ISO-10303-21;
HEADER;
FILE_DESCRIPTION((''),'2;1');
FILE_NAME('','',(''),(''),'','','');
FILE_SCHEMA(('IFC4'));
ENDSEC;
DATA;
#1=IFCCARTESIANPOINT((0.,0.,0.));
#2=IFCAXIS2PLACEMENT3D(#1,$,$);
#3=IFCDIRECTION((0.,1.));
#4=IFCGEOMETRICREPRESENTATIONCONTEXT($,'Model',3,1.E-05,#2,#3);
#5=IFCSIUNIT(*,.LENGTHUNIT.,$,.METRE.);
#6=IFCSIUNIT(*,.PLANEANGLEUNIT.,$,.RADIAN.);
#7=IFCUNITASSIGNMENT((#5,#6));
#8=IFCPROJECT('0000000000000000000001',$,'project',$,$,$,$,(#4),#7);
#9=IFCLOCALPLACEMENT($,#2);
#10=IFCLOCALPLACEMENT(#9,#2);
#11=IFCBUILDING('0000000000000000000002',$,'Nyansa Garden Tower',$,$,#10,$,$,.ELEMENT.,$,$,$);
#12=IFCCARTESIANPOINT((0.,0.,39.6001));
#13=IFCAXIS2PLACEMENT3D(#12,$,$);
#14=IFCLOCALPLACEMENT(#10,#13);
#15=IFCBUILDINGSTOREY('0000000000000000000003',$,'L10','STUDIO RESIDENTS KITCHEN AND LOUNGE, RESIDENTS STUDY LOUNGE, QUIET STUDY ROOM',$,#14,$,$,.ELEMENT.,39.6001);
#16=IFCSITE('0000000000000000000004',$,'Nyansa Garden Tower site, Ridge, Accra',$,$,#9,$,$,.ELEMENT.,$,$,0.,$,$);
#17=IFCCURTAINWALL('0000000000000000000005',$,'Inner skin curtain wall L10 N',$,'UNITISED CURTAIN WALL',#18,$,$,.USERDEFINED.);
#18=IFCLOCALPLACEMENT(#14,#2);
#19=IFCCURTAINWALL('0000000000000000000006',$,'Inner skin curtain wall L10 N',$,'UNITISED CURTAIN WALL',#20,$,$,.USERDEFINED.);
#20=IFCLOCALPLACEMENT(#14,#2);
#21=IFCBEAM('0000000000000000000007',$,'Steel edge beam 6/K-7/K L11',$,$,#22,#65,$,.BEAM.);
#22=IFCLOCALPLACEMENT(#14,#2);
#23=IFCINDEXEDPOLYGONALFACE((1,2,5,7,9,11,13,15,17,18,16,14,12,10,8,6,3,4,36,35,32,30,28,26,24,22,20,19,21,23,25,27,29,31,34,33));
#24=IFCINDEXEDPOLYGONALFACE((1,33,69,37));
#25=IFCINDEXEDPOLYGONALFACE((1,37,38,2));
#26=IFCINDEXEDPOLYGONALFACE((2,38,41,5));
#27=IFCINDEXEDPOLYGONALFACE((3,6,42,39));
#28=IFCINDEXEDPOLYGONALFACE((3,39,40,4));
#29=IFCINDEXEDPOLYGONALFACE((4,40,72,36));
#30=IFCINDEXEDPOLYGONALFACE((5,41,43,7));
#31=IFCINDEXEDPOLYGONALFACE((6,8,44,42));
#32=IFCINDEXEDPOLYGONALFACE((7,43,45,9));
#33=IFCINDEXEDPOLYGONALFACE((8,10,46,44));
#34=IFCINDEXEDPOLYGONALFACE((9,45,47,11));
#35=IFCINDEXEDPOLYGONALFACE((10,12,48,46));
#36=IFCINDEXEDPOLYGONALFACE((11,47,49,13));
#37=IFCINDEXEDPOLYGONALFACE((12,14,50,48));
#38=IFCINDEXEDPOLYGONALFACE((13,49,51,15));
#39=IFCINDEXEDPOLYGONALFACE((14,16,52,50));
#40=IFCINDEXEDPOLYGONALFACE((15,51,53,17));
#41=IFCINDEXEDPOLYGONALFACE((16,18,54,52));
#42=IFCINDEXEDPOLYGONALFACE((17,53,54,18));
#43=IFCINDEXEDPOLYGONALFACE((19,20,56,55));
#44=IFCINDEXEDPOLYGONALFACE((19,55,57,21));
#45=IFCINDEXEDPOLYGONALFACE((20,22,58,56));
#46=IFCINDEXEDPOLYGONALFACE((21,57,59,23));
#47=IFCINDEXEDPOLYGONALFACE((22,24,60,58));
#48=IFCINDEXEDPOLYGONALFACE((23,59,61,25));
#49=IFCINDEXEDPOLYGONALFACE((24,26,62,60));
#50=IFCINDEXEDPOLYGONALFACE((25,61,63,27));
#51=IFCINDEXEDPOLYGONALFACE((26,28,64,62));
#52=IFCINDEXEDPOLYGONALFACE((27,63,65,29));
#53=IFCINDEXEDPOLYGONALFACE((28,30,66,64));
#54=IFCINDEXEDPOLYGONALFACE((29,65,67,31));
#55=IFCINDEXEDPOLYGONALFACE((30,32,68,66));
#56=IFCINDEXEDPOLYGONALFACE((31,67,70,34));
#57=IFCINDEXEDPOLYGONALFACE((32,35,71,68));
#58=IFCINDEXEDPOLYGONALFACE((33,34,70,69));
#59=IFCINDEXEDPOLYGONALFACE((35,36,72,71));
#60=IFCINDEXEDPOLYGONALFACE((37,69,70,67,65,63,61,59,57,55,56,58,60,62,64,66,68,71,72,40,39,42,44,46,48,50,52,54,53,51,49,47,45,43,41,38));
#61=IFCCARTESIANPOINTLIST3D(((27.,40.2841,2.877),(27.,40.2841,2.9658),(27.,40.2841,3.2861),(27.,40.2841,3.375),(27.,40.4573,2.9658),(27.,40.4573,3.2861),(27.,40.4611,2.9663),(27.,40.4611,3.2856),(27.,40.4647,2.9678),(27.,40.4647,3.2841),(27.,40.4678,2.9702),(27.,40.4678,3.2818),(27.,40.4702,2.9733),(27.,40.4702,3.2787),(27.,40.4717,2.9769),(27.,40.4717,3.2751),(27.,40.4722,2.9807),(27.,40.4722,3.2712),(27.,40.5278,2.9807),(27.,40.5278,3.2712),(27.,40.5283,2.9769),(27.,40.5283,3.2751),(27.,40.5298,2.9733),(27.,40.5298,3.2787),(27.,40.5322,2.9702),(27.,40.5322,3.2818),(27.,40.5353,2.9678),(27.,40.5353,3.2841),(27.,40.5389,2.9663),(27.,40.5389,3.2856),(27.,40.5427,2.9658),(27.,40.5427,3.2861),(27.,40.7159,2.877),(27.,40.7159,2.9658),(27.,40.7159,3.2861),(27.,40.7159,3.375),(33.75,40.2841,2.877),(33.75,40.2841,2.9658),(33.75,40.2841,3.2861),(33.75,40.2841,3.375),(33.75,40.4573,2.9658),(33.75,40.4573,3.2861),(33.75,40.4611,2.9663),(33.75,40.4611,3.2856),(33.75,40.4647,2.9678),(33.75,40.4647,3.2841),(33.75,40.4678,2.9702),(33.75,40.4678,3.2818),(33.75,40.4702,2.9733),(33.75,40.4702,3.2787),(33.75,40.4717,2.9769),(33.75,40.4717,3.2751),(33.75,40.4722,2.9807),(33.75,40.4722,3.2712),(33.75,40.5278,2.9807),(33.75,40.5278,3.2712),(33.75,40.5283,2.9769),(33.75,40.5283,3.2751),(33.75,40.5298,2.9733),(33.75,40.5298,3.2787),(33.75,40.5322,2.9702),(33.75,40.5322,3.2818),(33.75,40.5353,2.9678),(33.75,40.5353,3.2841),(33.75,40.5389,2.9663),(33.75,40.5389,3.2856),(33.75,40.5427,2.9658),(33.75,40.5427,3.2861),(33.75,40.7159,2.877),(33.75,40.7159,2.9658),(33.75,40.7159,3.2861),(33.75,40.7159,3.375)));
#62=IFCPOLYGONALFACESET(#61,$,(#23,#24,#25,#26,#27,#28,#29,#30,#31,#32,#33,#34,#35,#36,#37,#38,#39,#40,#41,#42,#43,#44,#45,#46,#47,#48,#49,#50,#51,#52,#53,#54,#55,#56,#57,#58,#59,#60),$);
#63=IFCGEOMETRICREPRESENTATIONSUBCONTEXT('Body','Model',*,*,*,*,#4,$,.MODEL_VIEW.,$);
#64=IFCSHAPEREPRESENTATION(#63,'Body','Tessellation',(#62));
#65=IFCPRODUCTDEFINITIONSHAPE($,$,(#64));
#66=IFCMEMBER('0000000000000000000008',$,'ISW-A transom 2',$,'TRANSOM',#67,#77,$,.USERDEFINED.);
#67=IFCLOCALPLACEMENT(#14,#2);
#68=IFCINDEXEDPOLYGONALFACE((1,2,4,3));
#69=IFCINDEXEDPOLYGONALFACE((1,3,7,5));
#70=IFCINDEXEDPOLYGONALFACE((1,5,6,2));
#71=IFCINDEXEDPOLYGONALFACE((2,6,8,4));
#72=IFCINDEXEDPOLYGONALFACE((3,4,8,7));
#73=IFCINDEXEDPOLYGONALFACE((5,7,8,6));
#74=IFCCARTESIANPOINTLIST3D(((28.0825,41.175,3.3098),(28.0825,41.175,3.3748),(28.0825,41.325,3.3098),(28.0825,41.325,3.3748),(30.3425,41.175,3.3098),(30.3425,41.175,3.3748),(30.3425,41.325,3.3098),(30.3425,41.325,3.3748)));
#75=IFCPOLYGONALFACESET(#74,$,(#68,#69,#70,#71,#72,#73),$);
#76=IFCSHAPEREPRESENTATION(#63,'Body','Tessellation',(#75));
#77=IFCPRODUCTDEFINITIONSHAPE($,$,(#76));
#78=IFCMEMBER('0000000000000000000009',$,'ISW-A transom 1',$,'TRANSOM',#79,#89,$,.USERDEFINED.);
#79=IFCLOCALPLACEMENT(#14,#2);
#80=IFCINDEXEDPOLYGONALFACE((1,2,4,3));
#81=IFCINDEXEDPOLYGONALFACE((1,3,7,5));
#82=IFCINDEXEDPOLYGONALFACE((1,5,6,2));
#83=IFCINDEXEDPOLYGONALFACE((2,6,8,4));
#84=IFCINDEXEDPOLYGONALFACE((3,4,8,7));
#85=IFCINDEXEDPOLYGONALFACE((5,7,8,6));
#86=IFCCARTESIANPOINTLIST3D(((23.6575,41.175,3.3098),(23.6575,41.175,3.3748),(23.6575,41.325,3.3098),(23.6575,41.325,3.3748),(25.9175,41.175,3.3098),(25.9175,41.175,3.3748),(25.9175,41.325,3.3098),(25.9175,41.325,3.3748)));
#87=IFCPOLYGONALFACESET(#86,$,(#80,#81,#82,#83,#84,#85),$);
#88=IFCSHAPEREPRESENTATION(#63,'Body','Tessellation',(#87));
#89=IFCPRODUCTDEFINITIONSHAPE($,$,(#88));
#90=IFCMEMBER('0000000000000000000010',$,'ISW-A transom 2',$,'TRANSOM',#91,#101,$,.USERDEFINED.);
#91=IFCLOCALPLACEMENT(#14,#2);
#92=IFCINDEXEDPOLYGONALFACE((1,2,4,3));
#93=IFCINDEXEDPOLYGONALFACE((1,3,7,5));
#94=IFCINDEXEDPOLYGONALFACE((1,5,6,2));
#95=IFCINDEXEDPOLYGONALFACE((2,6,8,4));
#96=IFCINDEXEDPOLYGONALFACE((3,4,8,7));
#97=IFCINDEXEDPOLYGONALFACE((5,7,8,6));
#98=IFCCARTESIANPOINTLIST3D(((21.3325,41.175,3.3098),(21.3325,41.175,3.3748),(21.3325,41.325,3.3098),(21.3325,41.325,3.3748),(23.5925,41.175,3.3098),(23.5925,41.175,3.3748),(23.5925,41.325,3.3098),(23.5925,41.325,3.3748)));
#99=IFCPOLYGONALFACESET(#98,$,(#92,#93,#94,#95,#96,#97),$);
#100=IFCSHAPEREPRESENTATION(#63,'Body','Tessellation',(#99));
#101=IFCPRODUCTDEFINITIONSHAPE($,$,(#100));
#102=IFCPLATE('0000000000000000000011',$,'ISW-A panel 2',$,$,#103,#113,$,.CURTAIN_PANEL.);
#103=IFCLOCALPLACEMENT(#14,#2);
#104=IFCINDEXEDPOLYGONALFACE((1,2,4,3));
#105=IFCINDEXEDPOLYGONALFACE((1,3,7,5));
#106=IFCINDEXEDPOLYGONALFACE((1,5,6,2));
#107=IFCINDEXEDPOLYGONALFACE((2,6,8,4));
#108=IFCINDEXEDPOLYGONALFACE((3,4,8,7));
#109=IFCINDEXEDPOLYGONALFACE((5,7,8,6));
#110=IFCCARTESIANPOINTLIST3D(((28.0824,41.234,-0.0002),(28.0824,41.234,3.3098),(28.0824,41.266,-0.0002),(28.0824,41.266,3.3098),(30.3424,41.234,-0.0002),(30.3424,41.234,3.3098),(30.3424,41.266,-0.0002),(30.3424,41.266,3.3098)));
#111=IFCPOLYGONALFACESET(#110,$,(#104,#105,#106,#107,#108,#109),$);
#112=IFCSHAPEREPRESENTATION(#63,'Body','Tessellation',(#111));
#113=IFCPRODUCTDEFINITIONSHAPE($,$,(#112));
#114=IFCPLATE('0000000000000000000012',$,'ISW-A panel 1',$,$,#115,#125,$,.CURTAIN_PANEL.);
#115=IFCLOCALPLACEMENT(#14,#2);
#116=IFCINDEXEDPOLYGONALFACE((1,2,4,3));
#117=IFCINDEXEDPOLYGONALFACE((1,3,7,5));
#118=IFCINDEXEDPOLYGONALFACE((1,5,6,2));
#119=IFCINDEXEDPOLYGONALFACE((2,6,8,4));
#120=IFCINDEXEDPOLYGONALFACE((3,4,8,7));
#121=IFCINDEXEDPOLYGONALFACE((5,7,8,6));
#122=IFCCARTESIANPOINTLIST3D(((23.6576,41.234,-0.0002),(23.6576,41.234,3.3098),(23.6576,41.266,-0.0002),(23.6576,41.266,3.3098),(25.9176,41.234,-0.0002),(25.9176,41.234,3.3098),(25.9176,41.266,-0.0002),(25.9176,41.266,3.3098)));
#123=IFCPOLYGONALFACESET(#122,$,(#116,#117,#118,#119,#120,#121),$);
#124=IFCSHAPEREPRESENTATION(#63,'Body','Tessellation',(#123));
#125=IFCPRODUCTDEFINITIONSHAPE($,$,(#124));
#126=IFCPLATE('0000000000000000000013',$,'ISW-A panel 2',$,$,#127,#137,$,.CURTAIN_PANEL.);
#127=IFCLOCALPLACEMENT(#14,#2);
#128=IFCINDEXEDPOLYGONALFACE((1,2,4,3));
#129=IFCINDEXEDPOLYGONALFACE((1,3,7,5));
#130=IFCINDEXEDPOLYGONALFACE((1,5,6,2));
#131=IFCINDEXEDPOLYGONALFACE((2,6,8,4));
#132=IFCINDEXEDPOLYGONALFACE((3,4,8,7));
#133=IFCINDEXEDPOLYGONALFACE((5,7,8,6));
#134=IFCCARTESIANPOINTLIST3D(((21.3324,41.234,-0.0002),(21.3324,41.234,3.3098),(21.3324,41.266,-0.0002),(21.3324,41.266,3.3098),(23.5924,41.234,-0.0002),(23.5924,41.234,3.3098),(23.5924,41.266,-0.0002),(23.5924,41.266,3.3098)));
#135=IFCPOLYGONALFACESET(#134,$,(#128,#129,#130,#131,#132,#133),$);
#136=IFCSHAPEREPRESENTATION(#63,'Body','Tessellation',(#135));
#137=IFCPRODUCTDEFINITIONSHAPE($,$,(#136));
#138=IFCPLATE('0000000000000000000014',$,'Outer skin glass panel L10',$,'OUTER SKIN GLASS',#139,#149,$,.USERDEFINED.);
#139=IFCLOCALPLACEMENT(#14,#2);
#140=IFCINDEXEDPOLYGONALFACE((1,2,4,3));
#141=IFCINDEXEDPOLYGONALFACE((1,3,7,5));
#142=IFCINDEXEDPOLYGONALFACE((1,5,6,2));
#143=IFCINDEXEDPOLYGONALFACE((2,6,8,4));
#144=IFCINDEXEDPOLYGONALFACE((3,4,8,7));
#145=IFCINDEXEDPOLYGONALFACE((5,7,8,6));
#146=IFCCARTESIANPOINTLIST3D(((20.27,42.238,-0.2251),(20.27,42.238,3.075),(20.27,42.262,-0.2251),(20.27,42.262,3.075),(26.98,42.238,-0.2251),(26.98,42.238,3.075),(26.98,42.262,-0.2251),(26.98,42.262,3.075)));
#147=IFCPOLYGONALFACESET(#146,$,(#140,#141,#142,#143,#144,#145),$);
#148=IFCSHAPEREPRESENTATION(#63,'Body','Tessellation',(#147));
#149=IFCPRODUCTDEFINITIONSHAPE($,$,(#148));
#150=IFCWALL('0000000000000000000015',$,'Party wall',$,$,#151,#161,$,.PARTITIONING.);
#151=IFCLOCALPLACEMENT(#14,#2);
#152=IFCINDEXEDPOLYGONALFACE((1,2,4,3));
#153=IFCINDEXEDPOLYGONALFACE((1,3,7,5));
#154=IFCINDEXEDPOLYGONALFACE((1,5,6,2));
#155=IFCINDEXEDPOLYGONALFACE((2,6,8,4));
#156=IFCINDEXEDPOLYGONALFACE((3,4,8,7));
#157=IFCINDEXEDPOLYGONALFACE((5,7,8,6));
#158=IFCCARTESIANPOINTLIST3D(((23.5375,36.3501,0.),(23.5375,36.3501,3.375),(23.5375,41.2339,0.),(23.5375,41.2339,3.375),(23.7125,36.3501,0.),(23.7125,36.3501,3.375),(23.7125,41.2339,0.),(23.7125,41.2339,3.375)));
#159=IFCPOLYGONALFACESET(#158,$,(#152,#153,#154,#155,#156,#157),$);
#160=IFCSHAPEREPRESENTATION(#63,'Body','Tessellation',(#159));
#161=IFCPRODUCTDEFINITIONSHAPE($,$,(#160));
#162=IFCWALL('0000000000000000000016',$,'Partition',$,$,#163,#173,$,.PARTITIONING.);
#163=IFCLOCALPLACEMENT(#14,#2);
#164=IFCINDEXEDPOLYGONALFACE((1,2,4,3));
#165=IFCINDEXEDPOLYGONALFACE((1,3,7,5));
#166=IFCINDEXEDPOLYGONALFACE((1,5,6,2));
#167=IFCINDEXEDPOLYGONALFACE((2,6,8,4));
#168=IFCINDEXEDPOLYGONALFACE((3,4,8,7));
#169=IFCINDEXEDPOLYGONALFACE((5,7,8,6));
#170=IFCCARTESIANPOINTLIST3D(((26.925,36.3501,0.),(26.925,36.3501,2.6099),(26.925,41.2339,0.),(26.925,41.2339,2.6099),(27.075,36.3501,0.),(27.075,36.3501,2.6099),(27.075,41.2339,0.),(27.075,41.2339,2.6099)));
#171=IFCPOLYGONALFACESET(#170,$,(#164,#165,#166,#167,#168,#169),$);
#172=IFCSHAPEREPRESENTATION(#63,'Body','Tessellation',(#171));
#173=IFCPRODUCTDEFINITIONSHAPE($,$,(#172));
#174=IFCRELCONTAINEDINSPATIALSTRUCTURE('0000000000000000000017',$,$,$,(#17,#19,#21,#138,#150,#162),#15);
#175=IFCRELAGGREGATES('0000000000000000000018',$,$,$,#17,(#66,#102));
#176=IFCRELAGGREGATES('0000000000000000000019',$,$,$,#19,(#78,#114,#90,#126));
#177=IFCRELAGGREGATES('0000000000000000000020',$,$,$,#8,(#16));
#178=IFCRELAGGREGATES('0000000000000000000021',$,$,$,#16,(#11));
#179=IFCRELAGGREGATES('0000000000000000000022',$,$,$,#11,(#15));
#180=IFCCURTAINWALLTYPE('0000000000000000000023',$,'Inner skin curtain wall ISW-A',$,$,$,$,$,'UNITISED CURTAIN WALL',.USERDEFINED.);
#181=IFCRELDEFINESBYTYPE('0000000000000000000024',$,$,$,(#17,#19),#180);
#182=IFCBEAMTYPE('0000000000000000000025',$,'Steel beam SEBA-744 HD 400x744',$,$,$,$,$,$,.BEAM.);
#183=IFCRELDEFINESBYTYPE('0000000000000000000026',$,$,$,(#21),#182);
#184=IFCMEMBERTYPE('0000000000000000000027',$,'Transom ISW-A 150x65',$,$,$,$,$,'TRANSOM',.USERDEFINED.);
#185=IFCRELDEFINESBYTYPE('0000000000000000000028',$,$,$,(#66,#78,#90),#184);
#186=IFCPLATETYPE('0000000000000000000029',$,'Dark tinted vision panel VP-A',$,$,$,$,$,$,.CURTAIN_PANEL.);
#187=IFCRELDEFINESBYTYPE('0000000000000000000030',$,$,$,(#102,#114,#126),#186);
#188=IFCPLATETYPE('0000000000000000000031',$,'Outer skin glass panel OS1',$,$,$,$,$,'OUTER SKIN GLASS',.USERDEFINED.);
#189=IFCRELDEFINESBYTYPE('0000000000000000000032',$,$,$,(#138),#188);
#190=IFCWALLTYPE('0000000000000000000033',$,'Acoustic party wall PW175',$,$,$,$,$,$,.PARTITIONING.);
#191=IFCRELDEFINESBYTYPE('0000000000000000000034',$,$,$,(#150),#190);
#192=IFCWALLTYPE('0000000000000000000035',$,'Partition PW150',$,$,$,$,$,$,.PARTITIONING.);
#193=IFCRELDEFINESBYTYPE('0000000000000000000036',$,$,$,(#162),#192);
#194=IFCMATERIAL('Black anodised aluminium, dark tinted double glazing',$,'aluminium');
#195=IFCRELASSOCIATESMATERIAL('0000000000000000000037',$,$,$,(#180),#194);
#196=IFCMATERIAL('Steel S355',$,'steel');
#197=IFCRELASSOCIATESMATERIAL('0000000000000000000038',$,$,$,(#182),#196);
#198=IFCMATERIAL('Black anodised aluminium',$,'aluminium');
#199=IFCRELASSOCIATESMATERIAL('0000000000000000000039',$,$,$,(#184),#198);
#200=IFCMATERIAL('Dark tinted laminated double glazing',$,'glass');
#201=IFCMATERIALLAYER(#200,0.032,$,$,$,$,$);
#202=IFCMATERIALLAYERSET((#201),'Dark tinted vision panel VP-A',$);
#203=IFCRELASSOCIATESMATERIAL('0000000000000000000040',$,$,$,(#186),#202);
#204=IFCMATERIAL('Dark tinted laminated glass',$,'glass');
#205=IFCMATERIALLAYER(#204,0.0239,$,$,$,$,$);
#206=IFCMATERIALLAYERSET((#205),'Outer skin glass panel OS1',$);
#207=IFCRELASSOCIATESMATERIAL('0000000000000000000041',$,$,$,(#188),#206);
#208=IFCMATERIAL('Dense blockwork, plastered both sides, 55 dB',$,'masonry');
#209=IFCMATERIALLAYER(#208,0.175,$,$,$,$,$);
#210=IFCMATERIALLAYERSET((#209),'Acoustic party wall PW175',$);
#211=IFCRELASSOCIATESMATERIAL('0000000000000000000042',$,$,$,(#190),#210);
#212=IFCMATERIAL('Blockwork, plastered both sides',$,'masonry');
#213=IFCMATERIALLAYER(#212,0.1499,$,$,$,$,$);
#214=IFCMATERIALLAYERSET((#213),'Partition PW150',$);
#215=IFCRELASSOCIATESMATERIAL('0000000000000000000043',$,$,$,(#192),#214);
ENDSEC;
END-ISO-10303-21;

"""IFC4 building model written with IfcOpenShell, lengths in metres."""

from ifc_helpers import new_model, si_unit, direction, frame, frame_2d, origin, origin_2d, place, context, subcontext, project, spatial, rectangle, i_section, extrude, material, layer, layer_set, material_profile, profile_set, type_object, element, aggregate, save


model = new_model("IFC4")

# Units and contexts
model_context = context("Model", 3, precision=1e-05, world=origin(), true_north=direction((0.0, 1.0)))
body_context = subcontext(model_context, "Body", "Model", "MODEL_VIEW")
ifc_project = project(units=[si_unit("LENGTHUNIT", "METRE"), si_unit("PLANEANGLEUNIT", "RADIAN")], contexts=[model_context])

# Site, building, storey
site_placement = place(None, origin())
site = spatial("IfcSite", under=ifc_project, at=site_placement, Name="Nyansa Garden Tower site, Ridge, Accra", CompositionType="ELEMENT", RefElevation=0.0)
building_placement = place(site_placement, origin())
building = spatial("IfcBuilding", under=site, at=building_placement, Name="Nyansa Garden Tower", CompositionType="ELEMENT")
storey_placement = place(building_placement, frame((0.0, 0.0, 39.6001)))
storey = spatial("IfcBuildingStorey", under=building, at=storey_placement, Name="L10", Description="STUDIO RESIDENTS KITCHEN AND LOUNGE, RESIDENTS STUDY LOUNGE, QUIET STUDY ROOM", CompositionType="ELEMENT", Elevation=39.6001)

# Curtain walls
ifc_material_1 = material(Name="Black anodised aluminium, dark tinted double glazing", Category="aluminium")
curtain_wall_type = type_object("IfcCurtainWallType", Name="Inner skin curtain wall ISW-A", ElementType="UNITISED CURTAIN WALL", PredefinedType="USERDEFINED", material=ifc_material_1)
curtain_wall_1_placement = place(storey_placement, origin())
curtain_wall_1 = element("IfcCurtainWall", 1, at=curtain_wall_1_placement, inside=storey, type_object=curtain_wall_type, Name="Inner skin curtain wall L10 N", ObjectType="UNITISED CURTAIN WALL", PredefinedType="USERDEFINED")
curtain_wall_2_placement = place(storey_placement, origin())
curtain_wall_2 = element("IfcCurtainWall", 2, at=curtain_wall_2_placement, inside=storey, type_object=curtain_wall_type, Name="Inner skin curtain wall L10 N", ObjectType="UNITISED CURTAIN WALL", PredefinedType="USERDEFINED")

# Beam
ifc_material_2 = material(Name="Steel S355", Category="steel")
ifc_material_profile_1 = material_profile(ifc_material_2, i_section(OverallWidth=0.4319, OverallDepth=0.498, WebThickness=0.0557, FlangeThickness=0.0889, FilletRadius=0.0149, at=origin_2d()), Name="HD 400x744")
ifc_profile_set_1 = profile_set([ifc_material_profile_1], Name="Steel S355")
beam_type_1 = type_object("IfcBeamType", Name="Steel beam SEBA-744 HD 400x744", PredefinedType="BEAM", material=ifc_profile_set_1)
beam_1_placement = place(storey_placement, frame((27.0, 40.5, 3.126), z_axis=(1.0, 0.0, 0.0), x_axis=(0.0, 1.0, 0.0)))
element("IfcBeam", 3, at=beam_1_placement, inside=storey, type_object=beam_type_1, Name="Steel edge beam 6/K-7/K L11", PredefinedType="BEAM", context=body_context, shape_type="SweptSolid", body=[
    extrude(i_section(OverallWidth=0.4319, OverallDepth=0.498, WebThickness=0.0557, FlangeThickness=0.0889, FilletRadius=0.0149, at=origin_2d()), origin(), (0.0, 0.0, 1.0), 6.75),
])

# Members
ifc_material_3 = material(Name="Black anodised aluminium", Category="aluminium")
ifc_material_profile_2 = material_profile(ifc_material_3, rectangle(XDim=0.1499, YDim=0.0649, at=origin_2d()), Name="Transom 150x65")
ifc_profile_set_2 = profile_set([ifc_material_profile_2], Name="Black anodised aluminium")
member_type_1 = type_object("IfcMemberType", Name="Transom ISW-A 150x65", ElementType="TRANSOM", PredefinedType="USERDEFINED", material=ifc_profile_set_2)
member_1_placement = place(storey_placement, frame((30.3425, 41.25, 3.3423), z_axis=(-1.0, 0.0, 0.0), x_axis=(0.0, -1.0, 0.0)))
member_1 = element("IfcMember", 4, at=member_1_placement, type_object=member_type_1, Name="ISW-A transom 2", ObjectType="TRANSOM", PredefinedType="USERDEFINED", context=body_context, shape_type="SweptSolid", body=[
    extrude(rectangle(XDim=0.1499, YDim=0.0649, at=origin_2d()), origin(), (0.0, 0.0, 1.0), 2.26),
])
member_2_placement = place(storey_placement, frame((25.9175, 41.25, 3.3423), z_axis=(-1.0, 0.0, 0.0), x_axis=(0.0, -1.0, 0.0)))
member_2 = element("IfcMember", 5, at=member_2_placement, type_object=member_type_1, Name="ISW-A transom 1", ObjectType="TRANSOM", PredefinedType="USERDEFINED", context=body_context, shape_type="SweptSolid", body=[
    extrude(rectangle(XDim=0.1499, YDim=0.0649, at=origin_2d()), origin(), (0.0, 0.0, 1.0), 2.26),
])
member_3_placement = place(storey_placement, frame((23.5925, 41.25, 3.3423), z_axis=(-1.0, 0.0, 0.0), x_axis=(0.0, -1.0, 0.0)))
member_3 = element("IfcMember", 6, at=member_3_placement, type_object=member_type_1, Name="ISW-A transom 2", ObjectType="TRANSOM", PredefinedType="USERDEFINED", context=body_context, shape_type="SweptSolid", body=[
    extrude(rectangle(XDim=0.1499, YDim=0.0649, at=origin_2d()), origin(), (0.0, 0.0, 1.0), 2.26),
])

# Plates
ifc_material_4 = material(Name="Dark tinted laminated double glazing", Category="glass")
ifc_layer_1 = layer(ifc_material_4, 0.032)
ifc_layer_set_1 = layer_set([ifc_layer_1], Name="Dark tinted vision panel VP-A")
plate_type_1 = type_object("IfcPlateType", Name="Dark tinted vision panel VP-A", PredefinedType="CURTAIN_PANEL", material=ifc_layer_set_1)
plate_1_placement = place(storey_placement, frame((29.2124, 41.25, -0.0002), z_axis=(0.0, 0.0, 1.0), x_axis=(-1.0, 0.0, 0.0)))
plate_1 = element("IfcPlate", 7, at=plate_1_placement, type_object=plate_type_1, Name="ISW-A panel 2", PredefinedType="CURTAIN_PANEL", context=body_context, shape_type="SweptSolid", body=[
    extrude(rectangle(XDim=2.26, YDim=0.032, at=origin_2d()), origin(), (0.0, 0.0, 1.0), 3.3101),
])
aggregate(curtain_wall_1, [member_1, plate_1])
plate_2_placement = place(storey_placement, frame((24.7876, 41.25, -0.0002), z_axis=(0.0, 0.0, 1.0), x_axis=(-1.0, 0.0, 0.0)))
plate_2 = element("IfcPlate", 8, at=plate_2_placement, type_object=plate_type_1, Name="ISW-A panel 1", PredefinedType="CURTAIN_PANEL", context=body_context, shape_type="SweptSolid", body=[
    extrude(rectangle(XDim=2.26, YDim=0.032, at=origin_2d()), origin(), (0.0, 0.0, 1.0), 3.3101),
])
plate_3_placement = place(storey_placement, frame((22.4624, 41.25, -0.0002), z_axis=(0.0, 0.0, 1.0), x_axis=(-1.0, 0.0, 0.0)))
plate_3 = element("IfcPlate", 9, at=plate_3_placement, type_object=plate_type_1, Name="ISW-A panel 2", PredefinedType="CURTAIN_PANEL", context=body_context, shape_type="SweptSolid", body=[
    extrude(rectangle(XDim=2.26, YDim=0.032, at=origin_2d()), origin(), (0.0, 0.0, 1.0), 3.3101),
])
aggregate(curtain_wall_2, [member_2, plate_2, member_3, plate_3])
ifc_material_5 = material(Name="Dark tinted laminated glass", Category="glass")
ifc_layer_2 = layer(ifc_material_5, 0.0239)
ifc_layer_set_2 = layer_set([ifc_layer_2], Name="Outer skin glass panel OS1")
plate_type_2 = type_object("IfcPlateType", Name="Outer skin glass panel OS1", ElementType="OUTER SKIN GLASS", PredefinedType="USERDEFINED", material=ifc_layer_set_2)
plate_4_placement = place(storey_placement, frame((23.625, 42.25, -0.2251), z_axis=(0.0, 0.0, 1.0), x_axis=(1.0, 0.0, 0.0)))
element("IfcPlate", 10, at=plate_4_placement, inside=storey, type_object=plate_type_2, Name="Outer skin glass panel L10", ObjectType="OUTER SKIN GLASS", PredefinedType="USERDEFINED", context=body_context, shape_type="SweptSolid", body=[
    extrude(rectangle(XDim=6.71, YDim=0.0239, at=origin_2d()), origin(), (0.0, 0.0, 1.0), 3.3),
])

# Walls
ifc_material_6 = material(Name="Dense blockwork, plastered both sides, 55 dB", Category="masonry")
ifc_layer_3 = layer(ifc_material_6, 0.175)
ifc_layer_set_3 = layer_set([ifc_layer_3], Name="Acoustic party wall PW175")
wall_type_1 = type_object("IfcWallType", Name="Acoustic party wall PW175", PredefinedType="PARTITIONING", material=ifc_layer_set_3)
wall_1_placement = place(storey_placement, frame((23.625, 36.3501, 0.0), z_axis=(0.0, 0.0, 1.0), x_axis=(0.0, 1.0, 0.0)))
element("IfcWall", 11, at=wall_1_placement, inside=storey, type_object=wall_type_1, Name="Party wall", PredefinedType="PARTITIONING", context=body_context, shape_type="SweptSolid", body=[
    extrude(rectangle(XDim=4.8838, YDim=0.175, at=frame_2d((2.4419, 0.0))), origin(), (0.0, 0.0, 1.0), 3.375),
])
ifc_material_7 = material(Name="Blockwork, plastered both sides", Category="masonry")
ifc_layer_4 = layer(ifc_material_7, 0.1499)
ifc_layer_set_4 = layer_set([ifc_layer_4], Name="Partition PW150")
wall_type_2 = type_object("IfcWallType", Name="Partition PW150", PredefinedType="PARTITIONING", material=ifc_layer_set_4)
wall_2_placement = place(storey_placement, frame((27.0, 36.3501, 0.0), z_axis=(0.0, 0.0, 1.0), x_axis=(0.0, 1.0, 0.0)))
element("IfcWall", 12, at=wall_2_placement, inside=storey, type_object=wall_type_2, Name="Partition", PredefinedType="PARTITIONING", context=body_context, shape_type="SweptSolid", body=[
    extrude(rectangle(XDim=4.8838, YDim=0.1499, at=frame_2d((2.4419, 0.0))), origin(), (0.0, 0.0, 1.0), 2.6099),
])

save(model, "model.ifc")
